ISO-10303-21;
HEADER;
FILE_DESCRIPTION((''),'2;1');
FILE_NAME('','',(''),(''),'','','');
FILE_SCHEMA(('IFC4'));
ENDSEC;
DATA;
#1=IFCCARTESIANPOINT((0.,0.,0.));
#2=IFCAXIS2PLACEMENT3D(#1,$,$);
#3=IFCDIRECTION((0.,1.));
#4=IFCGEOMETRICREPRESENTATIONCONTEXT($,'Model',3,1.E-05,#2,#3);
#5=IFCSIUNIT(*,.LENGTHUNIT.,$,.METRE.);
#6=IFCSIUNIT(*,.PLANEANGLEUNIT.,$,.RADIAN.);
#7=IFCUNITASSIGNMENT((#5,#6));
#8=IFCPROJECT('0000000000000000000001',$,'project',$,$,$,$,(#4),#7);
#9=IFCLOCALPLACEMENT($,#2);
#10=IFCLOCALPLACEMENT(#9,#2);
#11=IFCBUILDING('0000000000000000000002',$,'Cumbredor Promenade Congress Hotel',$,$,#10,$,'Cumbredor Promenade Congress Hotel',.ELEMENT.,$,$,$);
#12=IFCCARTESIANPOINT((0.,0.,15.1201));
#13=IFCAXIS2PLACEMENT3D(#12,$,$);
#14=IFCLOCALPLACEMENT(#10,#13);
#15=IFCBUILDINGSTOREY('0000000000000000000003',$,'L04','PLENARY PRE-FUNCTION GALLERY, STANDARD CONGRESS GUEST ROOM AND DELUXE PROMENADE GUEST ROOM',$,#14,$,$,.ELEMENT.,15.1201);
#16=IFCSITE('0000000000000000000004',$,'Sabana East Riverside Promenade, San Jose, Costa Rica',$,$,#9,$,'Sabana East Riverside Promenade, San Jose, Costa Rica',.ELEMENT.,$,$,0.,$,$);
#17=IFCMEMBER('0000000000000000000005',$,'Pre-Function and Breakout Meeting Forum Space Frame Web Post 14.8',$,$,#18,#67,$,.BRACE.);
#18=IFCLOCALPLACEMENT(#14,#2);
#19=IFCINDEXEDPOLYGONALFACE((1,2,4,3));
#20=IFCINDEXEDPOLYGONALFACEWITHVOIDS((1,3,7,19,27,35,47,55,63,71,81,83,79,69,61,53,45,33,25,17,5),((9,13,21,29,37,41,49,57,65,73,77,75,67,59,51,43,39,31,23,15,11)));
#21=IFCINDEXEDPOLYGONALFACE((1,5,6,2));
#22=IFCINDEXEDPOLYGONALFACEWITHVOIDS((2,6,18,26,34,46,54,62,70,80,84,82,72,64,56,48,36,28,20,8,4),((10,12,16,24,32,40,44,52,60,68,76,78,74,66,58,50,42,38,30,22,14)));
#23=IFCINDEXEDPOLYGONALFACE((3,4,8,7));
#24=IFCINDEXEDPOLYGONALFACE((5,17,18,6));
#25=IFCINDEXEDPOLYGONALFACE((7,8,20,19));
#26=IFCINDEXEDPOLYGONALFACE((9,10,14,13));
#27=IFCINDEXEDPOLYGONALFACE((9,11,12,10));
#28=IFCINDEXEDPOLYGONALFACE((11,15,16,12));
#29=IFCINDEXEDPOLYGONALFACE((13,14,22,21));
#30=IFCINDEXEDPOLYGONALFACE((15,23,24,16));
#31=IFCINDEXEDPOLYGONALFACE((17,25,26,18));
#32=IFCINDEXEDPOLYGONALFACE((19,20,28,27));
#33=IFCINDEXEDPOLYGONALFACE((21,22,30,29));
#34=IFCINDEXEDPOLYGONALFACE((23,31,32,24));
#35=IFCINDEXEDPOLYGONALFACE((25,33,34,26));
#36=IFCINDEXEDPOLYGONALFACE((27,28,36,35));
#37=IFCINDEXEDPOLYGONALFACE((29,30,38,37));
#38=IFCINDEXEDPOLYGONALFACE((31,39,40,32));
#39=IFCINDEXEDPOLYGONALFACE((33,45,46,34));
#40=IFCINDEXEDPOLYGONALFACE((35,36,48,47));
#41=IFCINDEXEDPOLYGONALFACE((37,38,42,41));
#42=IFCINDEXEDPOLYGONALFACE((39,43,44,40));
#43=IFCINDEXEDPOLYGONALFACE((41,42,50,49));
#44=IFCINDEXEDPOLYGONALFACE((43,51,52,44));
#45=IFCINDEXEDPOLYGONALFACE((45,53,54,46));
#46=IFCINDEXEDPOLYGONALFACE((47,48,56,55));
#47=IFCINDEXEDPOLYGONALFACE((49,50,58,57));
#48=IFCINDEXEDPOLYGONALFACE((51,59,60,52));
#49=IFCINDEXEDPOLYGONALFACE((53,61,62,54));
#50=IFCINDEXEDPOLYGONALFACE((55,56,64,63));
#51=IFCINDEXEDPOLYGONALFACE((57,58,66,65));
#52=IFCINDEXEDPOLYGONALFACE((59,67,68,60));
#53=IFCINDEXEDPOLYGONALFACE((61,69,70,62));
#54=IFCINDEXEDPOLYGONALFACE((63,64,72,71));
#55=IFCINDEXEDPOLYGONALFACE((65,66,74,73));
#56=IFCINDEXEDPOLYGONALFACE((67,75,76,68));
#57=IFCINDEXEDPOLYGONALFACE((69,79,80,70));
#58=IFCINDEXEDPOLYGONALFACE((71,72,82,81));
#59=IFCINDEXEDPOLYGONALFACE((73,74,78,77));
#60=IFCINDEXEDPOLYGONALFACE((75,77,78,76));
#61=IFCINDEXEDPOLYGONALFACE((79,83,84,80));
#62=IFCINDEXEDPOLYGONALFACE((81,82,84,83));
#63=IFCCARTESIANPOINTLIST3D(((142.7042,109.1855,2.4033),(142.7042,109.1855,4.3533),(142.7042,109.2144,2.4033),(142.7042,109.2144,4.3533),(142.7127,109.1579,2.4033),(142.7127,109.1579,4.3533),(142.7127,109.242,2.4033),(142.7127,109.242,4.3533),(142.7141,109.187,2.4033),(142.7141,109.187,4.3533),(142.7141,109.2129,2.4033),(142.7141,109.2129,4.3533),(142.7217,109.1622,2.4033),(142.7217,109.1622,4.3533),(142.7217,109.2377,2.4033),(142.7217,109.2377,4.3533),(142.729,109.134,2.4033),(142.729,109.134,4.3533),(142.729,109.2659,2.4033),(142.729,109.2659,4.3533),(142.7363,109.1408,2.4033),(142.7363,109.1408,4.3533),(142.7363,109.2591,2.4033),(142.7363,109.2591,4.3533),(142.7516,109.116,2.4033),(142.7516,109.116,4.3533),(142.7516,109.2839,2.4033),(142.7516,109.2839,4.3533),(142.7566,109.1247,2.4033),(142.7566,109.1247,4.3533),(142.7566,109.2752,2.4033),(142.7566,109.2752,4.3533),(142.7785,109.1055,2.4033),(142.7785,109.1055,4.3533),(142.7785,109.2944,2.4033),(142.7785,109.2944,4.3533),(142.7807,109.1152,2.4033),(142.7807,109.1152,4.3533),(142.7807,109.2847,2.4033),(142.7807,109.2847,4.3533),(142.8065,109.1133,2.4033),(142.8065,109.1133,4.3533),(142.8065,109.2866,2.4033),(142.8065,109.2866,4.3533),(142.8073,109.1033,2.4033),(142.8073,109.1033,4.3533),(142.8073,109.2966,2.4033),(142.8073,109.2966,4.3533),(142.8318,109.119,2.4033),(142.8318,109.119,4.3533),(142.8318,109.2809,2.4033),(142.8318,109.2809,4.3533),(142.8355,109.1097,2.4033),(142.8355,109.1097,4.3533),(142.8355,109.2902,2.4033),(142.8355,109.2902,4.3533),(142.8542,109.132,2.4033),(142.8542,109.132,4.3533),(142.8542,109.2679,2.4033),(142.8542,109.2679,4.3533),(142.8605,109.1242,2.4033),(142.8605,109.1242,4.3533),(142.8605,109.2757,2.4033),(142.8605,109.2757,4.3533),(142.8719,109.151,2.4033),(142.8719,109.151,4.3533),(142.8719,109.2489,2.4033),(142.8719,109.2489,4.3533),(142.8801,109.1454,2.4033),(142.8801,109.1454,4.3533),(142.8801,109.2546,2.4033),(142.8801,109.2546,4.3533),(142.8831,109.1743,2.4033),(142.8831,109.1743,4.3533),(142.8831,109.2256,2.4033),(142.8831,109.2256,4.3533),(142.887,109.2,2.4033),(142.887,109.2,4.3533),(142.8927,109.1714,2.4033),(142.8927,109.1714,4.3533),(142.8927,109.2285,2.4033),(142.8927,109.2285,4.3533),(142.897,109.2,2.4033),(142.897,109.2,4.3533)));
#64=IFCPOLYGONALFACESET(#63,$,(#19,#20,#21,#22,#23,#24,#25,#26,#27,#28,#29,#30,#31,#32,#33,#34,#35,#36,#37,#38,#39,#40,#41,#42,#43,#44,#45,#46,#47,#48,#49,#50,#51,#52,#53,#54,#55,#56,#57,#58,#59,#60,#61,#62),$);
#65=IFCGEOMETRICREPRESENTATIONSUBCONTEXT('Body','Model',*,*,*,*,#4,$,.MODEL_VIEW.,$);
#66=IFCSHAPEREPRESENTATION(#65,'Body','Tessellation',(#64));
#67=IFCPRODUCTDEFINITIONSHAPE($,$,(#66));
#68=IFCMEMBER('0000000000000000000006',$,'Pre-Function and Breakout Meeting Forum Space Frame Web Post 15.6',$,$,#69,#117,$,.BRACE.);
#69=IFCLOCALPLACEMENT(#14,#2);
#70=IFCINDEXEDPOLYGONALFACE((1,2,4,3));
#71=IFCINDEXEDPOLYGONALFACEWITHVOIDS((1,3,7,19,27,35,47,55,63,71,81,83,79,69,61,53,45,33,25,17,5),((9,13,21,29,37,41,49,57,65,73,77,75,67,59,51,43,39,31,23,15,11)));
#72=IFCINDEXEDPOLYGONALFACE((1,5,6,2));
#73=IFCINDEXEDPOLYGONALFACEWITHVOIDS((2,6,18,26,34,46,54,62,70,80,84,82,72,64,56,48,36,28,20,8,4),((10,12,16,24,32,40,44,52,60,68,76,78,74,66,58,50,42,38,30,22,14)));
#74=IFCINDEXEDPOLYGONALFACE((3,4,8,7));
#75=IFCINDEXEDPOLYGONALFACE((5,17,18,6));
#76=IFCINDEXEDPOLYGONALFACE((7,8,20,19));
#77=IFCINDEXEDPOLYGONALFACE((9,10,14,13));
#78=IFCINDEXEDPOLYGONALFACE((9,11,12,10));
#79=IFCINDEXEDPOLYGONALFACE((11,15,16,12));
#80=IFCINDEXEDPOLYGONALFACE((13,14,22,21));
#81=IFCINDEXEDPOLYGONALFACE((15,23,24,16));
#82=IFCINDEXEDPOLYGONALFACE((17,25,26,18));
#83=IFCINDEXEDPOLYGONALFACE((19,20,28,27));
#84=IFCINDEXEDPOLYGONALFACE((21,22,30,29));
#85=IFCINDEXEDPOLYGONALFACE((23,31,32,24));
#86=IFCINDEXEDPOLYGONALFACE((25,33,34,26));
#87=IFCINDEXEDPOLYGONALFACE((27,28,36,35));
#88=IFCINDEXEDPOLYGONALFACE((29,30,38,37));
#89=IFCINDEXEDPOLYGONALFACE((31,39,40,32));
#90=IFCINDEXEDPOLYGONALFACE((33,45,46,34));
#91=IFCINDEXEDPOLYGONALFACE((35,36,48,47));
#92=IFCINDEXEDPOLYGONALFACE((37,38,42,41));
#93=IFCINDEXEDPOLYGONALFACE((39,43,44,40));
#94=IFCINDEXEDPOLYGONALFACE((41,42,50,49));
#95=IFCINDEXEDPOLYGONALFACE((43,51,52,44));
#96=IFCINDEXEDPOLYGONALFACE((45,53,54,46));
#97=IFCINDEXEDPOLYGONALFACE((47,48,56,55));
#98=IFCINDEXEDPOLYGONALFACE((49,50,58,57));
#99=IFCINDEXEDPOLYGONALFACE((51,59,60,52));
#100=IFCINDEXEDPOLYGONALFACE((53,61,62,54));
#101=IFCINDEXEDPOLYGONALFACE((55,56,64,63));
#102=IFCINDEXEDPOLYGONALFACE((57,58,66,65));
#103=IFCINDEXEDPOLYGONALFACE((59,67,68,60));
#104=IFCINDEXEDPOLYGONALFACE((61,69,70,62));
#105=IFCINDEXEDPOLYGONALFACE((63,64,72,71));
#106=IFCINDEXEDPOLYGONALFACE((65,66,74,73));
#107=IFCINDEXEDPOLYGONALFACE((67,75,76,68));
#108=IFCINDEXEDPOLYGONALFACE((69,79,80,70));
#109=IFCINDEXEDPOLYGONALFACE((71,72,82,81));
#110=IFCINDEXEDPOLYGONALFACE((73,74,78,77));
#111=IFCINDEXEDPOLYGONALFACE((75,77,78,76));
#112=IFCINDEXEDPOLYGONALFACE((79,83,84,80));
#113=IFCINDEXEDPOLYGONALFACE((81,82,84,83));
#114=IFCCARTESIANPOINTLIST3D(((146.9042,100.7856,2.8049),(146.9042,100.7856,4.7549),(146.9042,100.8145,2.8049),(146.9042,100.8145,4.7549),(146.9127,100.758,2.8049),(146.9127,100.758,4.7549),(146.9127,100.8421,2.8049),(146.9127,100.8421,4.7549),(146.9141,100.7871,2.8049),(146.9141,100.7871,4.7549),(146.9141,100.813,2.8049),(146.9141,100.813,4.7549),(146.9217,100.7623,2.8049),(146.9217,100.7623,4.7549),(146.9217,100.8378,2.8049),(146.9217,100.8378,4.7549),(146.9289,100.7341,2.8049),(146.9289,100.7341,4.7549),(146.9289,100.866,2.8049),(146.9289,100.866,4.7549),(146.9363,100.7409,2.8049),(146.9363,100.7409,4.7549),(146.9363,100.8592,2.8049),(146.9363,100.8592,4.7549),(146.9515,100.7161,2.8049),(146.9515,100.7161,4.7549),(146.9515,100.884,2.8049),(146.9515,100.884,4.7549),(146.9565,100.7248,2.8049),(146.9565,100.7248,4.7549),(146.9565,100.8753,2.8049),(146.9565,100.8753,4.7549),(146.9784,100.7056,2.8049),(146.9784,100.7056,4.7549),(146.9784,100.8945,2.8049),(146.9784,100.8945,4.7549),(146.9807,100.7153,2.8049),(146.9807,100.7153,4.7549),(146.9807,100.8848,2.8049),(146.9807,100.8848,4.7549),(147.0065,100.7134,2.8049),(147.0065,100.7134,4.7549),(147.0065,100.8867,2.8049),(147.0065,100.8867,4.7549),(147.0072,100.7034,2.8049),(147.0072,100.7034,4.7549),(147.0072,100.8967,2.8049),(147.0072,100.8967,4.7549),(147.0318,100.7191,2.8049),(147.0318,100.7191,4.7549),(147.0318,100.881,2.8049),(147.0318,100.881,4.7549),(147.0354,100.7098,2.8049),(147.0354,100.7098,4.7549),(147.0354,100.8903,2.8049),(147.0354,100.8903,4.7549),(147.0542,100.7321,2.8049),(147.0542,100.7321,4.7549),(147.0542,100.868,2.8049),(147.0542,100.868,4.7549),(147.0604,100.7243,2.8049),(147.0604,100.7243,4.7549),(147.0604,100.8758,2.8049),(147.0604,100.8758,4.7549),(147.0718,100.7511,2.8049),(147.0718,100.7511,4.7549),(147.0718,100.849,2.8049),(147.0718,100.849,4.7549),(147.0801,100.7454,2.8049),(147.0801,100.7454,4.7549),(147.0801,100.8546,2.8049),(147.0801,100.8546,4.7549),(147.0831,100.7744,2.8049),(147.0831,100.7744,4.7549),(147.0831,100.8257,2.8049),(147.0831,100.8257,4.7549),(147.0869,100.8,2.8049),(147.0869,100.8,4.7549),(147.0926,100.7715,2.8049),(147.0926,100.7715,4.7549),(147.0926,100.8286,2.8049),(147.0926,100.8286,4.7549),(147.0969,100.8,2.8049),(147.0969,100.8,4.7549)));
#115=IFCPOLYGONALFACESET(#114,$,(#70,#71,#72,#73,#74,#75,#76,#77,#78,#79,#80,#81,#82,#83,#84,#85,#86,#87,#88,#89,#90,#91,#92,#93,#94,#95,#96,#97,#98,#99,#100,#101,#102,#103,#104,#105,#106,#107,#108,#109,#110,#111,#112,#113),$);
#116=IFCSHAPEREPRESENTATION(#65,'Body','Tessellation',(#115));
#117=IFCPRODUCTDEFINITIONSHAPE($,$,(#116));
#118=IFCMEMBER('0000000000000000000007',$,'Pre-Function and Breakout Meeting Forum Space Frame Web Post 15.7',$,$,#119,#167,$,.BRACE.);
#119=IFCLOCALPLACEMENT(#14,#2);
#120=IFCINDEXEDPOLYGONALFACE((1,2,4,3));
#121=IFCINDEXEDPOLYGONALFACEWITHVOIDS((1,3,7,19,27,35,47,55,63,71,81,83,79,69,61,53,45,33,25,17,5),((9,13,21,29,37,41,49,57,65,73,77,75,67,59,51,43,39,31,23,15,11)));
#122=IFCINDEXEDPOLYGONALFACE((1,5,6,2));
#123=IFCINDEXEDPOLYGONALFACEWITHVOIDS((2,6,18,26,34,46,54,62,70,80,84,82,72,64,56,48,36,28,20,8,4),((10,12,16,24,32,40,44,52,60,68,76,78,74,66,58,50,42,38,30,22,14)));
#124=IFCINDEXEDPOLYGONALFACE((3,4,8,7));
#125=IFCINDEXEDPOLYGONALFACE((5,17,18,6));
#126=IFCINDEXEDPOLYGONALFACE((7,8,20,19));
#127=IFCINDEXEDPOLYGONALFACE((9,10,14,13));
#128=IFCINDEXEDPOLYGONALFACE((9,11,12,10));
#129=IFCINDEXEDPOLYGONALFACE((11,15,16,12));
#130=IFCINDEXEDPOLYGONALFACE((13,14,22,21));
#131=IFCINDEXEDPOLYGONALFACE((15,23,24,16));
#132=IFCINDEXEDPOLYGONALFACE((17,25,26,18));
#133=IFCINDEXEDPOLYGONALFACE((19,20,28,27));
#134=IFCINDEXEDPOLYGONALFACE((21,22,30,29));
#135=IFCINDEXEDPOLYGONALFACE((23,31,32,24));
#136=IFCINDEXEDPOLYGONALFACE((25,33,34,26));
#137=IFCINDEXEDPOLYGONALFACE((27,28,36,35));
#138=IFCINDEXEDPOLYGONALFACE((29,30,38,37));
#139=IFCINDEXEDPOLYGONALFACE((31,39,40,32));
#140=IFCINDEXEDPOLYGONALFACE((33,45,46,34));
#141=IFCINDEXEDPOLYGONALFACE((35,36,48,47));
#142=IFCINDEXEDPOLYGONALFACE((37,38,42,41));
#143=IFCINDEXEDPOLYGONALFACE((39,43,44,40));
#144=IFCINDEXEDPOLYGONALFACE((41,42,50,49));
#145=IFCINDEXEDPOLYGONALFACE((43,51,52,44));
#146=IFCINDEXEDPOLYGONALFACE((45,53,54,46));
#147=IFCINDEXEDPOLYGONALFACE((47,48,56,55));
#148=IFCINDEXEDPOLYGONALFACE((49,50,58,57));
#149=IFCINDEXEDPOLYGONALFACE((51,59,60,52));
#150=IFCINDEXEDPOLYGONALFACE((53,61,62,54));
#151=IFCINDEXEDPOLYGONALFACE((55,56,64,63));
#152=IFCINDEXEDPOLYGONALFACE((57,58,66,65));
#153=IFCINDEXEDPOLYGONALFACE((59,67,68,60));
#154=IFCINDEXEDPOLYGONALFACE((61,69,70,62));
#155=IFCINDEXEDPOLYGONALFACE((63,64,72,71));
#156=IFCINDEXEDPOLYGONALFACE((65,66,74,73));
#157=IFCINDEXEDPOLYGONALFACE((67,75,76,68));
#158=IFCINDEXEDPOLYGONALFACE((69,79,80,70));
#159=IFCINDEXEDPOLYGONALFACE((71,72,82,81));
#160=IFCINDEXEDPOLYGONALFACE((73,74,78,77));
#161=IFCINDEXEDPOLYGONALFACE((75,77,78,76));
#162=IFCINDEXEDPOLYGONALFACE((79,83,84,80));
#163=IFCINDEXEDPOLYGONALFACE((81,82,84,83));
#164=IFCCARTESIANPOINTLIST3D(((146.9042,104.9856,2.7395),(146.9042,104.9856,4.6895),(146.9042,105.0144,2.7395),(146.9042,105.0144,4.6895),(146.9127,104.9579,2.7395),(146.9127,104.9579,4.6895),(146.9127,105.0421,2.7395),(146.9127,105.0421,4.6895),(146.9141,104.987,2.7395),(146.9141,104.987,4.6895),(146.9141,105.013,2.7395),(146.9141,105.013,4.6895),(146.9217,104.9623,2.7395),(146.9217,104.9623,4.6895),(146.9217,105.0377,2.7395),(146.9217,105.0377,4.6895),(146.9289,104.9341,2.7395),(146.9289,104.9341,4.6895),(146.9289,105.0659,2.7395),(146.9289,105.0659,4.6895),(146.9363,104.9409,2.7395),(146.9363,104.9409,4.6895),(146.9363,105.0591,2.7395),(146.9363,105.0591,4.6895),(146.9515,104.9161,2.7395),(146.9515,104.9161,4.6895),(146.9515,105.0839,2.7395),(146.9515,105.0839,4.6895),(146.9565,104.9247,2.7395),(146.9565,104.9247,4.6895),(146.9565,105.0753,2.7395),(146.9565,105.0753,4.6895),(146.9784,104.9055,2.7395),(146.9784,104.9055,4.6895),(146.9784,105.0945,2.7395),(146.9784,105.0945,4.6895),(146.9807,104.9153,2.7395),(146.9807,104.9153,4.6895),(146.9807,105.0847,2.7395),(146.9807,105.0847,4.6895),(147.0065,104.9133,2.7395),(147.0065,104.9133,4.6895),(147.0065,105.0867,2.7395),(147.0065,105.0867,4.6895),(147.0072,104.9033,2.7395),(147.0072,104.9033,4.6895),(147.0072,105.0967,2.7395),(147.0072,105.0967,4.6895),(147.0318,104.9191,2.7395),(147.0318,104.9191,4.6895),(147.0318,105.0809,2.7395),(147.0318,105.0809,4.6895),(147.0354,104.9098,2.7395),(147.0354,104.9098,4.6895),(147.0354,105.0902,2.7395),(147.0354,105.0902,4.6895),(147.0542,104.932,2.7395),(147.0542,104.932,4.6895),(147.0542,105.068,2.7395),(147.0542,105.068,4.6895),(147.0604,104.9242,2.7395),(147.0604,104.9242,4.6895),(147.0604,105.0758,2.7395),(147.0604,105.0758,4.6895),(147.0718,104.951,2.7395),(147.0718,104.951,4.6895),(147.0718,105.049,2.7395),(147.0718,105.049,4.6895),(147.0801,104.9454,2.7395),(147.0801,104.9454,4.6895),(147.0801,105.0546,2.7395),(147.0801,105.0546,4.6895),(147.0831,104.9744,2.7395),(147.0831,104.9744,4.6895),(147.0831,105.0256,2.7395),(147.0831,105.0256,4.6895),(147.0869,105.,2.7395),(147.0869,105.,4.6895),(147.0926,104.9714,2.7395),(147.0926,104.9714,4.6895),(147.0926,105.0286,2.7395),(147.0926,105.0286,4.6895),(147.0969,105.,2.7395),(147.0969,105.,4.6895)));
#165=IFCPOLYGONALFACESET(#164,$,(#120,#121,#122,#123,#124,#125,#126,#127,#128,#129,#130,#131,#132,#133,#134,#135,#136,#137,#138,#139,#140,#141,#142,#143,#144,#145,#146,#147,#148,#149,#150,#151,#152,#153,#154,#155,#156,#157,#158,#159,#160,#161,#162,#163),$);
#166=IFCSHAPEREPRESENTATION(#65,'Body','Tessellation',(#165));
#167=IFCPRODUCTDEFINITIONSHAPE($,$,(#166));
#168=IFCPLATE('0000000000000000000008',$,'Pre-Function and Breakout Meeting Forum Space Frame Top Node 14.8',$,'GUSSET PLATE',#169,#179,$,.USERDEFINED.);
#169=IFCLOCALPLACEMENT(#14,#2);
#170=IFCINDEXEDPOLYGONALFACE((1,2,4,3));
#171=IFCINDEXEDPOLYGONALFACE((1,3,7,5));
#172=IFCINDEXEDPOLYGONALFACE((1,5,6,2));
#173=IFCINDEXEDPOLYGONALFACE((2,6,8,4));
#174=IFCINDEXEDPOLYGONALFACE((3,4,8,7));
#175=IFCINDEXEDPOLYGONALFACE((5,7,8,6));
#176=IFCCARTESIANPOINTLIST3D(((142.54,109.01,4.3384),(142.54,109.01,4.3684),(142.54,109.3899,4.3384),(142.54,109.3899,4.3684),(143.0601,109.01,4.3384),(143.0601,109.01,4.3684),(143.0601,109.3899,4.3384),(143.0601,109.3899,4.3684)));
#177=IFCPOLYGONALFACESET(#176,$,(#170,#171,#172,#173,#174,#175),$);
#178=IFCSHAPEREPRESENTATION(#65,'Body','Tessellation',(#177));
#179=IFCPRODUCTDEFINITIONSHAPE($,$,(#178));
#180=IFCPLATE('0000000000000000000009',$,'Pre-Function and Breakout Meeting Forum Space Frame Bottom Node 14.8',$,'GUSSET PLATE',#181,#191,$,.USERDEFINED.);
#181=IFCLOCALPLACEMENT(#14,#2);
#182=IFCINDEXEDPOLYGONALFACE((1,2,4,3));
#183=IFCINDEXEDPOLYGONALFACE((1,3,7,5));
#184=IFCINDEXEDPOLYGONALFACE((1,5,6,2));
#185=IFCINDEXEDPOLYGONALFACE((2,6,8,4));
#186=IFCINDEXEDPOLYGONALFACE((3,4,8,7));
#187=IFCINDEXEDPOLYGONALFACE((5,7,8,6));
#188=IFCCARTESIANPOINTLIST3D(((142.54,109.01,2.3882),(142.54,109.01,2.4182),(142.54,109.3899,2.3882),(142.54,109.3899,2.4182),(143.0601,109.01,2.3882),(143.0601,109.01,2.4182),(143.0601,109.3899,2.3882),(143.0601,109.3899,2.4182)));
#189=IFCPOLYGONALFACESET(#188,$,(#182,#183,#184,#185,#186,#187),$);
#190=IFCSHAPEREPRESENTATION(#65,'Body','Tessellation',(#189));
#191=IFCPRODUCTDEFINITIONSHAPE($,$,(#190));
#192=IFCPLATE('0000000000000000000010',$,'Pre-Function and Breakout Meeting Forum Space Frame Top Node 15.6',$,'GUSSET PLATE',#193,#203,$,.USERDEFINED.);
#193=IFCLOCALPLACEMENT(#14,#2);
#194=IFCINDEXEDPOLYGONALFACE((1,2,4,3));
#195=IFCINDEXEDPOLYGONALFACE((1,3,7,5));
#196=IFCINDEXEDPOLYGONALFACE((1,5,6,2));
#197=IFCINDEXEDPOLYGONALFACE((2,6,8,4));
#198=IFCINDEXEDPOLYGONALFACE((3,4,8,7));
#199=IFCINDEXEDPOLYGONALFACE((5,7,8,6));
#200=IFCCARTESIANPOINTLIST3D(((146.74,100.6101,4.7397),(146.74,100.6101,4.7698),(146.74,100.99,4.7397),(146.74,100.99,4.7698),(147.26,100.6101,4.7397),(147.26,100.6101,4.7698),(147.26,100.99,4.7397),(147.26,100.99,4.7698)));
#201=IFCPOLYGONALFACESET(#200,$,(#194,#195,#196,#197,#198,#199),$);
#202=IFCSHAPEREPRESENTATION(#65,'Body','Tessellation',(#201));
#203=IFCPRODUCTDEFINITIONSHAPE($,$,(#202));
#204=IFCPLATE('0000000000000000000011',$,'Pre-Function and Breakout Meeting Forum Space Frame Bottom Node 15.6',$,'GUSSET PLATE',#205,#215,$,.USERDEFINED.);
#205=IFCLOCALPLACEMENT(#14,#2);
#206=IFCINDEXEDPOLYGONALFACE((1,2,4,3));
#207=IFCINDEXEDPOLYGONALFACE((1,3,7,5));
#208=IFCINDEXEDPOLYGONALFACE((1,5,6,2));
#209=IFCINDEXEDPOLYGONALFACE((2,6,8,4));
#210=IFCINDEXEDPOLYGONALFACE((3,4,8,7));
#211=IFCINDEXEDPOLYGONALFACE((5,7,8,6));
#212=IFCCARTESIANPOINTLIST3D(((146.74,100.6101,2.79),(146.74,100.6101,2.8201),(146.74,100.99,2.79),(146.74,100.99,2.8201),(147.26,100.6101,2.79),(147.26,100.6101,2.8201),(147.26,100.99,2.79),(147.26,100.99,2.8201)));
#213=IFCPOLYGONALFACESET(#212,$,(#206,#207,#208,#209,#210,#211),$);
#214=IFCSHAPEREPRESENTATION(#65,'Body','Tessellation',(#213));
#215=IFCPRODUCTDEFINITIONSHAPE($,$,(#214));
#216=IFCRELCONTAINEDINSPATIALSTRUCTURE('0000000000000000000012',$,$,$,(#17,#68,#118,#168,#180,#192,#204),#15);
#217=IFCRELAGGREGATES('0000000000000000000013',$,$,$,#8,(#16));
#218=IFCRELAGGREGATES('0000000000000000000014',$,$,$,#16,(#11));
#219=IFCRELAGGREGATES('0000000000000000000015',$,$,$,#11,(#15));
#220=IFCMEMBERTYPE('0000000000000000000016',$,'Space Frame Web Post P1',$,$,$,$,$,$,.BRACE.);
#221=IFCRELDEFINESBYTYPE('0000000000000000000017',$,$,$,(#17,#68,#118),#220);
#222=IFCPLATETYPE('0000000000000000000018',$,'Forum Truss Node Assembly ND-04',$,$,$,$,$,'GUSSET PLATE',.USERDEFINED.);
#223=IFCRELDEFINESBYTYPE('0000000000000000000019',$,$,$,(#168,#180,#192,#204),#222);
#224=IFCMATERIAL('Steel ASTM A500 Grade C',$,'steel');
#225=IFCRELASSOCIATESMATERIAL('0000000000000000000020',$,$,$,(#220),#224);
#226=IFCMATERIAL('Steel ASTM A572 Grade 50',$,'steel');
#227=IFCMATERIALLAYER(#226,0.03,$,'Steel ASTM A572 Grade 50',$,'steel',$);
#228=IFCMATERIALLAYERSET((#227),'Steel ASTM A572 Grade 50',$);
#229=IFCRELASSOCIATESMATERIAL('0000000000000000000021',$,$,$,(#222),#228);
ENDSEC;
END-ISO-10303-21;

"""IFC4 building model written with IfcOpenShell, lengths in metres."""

from ifc_helpers import new_model, si_unit, direction, frame, origin, origin_2d, place, context, subcontext, project, spatial, rectangle, hollow_circle, extrude, material, layer, layer_set, material_profile, profile_set, type_object, element, save


model = new_model("IFC4")

# Units and contexts
model_context = context("Model", 3, precision=1e-05, world=origin(), true_north=direction((0.0, 1.0)))
body_context = subcontext(model_context, "Body", "Model", "MODEL_VIEW")
ifc_project = project(units=[si_unit("LENGTHUNIT", "METRE"), si_unit("PLANEANGLEUNIT", "RADIAN")], contexts=[model_context])

# Site, building, storey
site_placement = place(None, origin())
site = spatial("IfcSite", under=ifc_project, at=site_placement, Name="Sabana East Riverside Promenade, San Jose, Costa Rica", LongName="Sabana East Riverside Promenade, San Jose, Costa Rica", CompositionType="ELEMENT", RefElevation=0.0)
building_placement = place(site_placement, origin())
building = spatial("IfcBuilding", under=site, at=building_placement, Name="Cumbredor Promenade Congress Hotel", LongName="Cumbredor Promenade Congress Hotel", CompositionType="ELEMENT")
storey_placement = place(building_placement, frame((0.0, 0.0, 15.1201)))
storey = spatial("IfcBuildingStorey", under=building, at=storey_placement, Name="L04", Description="PLENARY PRE-FUNCTION GALLERY, STANDARD CONGRESS GUEST ROOM AND DELUXE PROMENADE GUEST ROOM", CompositionType="ELEMENT", Elevation=15.1201)

# Members
ifc_material_1 = material(Name="Steel ASTM A500 Grade C", Category="steel")
ifc_material_profile_1 = material_profile(ifc_material_1, hollow_circle(Radius=0.0969, WallThickness=0.01, at=origin_2d()), Name="CHS 193.7x10")
ifc_profile_set_1 = profile_set([ifc_material_profile_1], Name="Steel ASTM A500 Grade C")
member_type_1 = type_object("IfcMemberType", Name="Space Frame Web Post P1", PredefinedType="BRACE", material=ifc_profile_set_1)
for number, where, z_axis, x_axis, name in (
    (1, (142.8, 109.2, 2.4033), (0.0, 0.0, 1.0), (1.0, 0.0, 0.0), "Pre-Function and Breakout Meeting Forum Space Frame Web Post 14.8"),
    (2, (147.0, 100.8, 2.8049), (0.0, 0.0, 1.0), (1.0, 0.0, 0.0), "Pre-Function and Breakout Meeting Forum Space Frame Web Post 15.6"),
    (3, (147.0, 105.0, 2.7395), (0.0, 0.0, 1.0), (1.0, 0.0, 0.0), "Pre-Function and Breakout Meeting Forum Space Frame Web Post 15.7"),
):
    element("IfcMember", number, at=place(storey_placement, frame(where, z_axis=z_axis, x_axis=x_axis)), inside=storey, type_object=member_type_1, Name=name, PredefinedType="BRACE", context=body_context, shape_type="SweptSolid", body=[
        extrude(hollow_circle(Radius=0.0969, WallThickness=0.01, at=origin_2d()), origin(), (0.0, 0.0, 1.0), 1.95),
    ])

# Plates
ifc_material_2 = material(Name="Steel ASTM A572 Grade 50", Category="steel")
ifc_layer = layer(ifc_material_2, 0.03, Name="Steel ASTM A572 Grade 50", Category="steel")
ifc_layer_set = layer_set([ifc_layer], Name="Steel ASTM A572 Grade 50")
plate_type = type_object("IfcPlateType", Name="Forum Truss Node Assembly ND-04", ElementType="GUSSET PLATE", PredefinedType="USERDEFINED", material=ifc_layer_set)
for number, where, z_axis, x_axis, name in (
    (4, (142.8, 109.2, 4.3384), (0.0, 0.0, 1.0), (1.0, 0.0, 0.0), "Pre-Function and Breakout Meeting Forum Space Frame Top Node 14.8"),
    (5, (142.8, 109.2, 2.3882), (0.0, 0.0, 1.0), (1.0, 0.0, 0.0), "Pre-Function and Breakout Meeting Forum Space Frame Bottom Node 14.8"),
    (6, (147.0, 100.8, 4.7397), (0.0, 0.0, 1.0), (1.0, 0.0, 0.0), "Pre-Function and Breakout Meeting Forum Space Frame Top Node 15.6"),
    (7, (147.0, 100.8, 2.79), (0.0, 0.0, 1.0), (1.0, 0.0, 0.0), "Pre-Function and Breakout Meeting Forum Space Frame Bottom Node 15.6"),
):
    element("IfcPlate", number, at=place(storey_placement, frame(where, z_axis=z_axis, x_axis=x_axis)), inside=storey, type_object=plate_type, Name=name, ObjectType="GUSSET PLATE", PredefinedType="USERDEFINED", context=body_context, shape_type="SweptSolid", body=[
        extrude(rectangle(XDim=0.52, YDim=0.3799, at=origin_2d()), origin(), (0.0, 0.0, 1.0), 0.03),
    ])

save(model, "model.ifc")
